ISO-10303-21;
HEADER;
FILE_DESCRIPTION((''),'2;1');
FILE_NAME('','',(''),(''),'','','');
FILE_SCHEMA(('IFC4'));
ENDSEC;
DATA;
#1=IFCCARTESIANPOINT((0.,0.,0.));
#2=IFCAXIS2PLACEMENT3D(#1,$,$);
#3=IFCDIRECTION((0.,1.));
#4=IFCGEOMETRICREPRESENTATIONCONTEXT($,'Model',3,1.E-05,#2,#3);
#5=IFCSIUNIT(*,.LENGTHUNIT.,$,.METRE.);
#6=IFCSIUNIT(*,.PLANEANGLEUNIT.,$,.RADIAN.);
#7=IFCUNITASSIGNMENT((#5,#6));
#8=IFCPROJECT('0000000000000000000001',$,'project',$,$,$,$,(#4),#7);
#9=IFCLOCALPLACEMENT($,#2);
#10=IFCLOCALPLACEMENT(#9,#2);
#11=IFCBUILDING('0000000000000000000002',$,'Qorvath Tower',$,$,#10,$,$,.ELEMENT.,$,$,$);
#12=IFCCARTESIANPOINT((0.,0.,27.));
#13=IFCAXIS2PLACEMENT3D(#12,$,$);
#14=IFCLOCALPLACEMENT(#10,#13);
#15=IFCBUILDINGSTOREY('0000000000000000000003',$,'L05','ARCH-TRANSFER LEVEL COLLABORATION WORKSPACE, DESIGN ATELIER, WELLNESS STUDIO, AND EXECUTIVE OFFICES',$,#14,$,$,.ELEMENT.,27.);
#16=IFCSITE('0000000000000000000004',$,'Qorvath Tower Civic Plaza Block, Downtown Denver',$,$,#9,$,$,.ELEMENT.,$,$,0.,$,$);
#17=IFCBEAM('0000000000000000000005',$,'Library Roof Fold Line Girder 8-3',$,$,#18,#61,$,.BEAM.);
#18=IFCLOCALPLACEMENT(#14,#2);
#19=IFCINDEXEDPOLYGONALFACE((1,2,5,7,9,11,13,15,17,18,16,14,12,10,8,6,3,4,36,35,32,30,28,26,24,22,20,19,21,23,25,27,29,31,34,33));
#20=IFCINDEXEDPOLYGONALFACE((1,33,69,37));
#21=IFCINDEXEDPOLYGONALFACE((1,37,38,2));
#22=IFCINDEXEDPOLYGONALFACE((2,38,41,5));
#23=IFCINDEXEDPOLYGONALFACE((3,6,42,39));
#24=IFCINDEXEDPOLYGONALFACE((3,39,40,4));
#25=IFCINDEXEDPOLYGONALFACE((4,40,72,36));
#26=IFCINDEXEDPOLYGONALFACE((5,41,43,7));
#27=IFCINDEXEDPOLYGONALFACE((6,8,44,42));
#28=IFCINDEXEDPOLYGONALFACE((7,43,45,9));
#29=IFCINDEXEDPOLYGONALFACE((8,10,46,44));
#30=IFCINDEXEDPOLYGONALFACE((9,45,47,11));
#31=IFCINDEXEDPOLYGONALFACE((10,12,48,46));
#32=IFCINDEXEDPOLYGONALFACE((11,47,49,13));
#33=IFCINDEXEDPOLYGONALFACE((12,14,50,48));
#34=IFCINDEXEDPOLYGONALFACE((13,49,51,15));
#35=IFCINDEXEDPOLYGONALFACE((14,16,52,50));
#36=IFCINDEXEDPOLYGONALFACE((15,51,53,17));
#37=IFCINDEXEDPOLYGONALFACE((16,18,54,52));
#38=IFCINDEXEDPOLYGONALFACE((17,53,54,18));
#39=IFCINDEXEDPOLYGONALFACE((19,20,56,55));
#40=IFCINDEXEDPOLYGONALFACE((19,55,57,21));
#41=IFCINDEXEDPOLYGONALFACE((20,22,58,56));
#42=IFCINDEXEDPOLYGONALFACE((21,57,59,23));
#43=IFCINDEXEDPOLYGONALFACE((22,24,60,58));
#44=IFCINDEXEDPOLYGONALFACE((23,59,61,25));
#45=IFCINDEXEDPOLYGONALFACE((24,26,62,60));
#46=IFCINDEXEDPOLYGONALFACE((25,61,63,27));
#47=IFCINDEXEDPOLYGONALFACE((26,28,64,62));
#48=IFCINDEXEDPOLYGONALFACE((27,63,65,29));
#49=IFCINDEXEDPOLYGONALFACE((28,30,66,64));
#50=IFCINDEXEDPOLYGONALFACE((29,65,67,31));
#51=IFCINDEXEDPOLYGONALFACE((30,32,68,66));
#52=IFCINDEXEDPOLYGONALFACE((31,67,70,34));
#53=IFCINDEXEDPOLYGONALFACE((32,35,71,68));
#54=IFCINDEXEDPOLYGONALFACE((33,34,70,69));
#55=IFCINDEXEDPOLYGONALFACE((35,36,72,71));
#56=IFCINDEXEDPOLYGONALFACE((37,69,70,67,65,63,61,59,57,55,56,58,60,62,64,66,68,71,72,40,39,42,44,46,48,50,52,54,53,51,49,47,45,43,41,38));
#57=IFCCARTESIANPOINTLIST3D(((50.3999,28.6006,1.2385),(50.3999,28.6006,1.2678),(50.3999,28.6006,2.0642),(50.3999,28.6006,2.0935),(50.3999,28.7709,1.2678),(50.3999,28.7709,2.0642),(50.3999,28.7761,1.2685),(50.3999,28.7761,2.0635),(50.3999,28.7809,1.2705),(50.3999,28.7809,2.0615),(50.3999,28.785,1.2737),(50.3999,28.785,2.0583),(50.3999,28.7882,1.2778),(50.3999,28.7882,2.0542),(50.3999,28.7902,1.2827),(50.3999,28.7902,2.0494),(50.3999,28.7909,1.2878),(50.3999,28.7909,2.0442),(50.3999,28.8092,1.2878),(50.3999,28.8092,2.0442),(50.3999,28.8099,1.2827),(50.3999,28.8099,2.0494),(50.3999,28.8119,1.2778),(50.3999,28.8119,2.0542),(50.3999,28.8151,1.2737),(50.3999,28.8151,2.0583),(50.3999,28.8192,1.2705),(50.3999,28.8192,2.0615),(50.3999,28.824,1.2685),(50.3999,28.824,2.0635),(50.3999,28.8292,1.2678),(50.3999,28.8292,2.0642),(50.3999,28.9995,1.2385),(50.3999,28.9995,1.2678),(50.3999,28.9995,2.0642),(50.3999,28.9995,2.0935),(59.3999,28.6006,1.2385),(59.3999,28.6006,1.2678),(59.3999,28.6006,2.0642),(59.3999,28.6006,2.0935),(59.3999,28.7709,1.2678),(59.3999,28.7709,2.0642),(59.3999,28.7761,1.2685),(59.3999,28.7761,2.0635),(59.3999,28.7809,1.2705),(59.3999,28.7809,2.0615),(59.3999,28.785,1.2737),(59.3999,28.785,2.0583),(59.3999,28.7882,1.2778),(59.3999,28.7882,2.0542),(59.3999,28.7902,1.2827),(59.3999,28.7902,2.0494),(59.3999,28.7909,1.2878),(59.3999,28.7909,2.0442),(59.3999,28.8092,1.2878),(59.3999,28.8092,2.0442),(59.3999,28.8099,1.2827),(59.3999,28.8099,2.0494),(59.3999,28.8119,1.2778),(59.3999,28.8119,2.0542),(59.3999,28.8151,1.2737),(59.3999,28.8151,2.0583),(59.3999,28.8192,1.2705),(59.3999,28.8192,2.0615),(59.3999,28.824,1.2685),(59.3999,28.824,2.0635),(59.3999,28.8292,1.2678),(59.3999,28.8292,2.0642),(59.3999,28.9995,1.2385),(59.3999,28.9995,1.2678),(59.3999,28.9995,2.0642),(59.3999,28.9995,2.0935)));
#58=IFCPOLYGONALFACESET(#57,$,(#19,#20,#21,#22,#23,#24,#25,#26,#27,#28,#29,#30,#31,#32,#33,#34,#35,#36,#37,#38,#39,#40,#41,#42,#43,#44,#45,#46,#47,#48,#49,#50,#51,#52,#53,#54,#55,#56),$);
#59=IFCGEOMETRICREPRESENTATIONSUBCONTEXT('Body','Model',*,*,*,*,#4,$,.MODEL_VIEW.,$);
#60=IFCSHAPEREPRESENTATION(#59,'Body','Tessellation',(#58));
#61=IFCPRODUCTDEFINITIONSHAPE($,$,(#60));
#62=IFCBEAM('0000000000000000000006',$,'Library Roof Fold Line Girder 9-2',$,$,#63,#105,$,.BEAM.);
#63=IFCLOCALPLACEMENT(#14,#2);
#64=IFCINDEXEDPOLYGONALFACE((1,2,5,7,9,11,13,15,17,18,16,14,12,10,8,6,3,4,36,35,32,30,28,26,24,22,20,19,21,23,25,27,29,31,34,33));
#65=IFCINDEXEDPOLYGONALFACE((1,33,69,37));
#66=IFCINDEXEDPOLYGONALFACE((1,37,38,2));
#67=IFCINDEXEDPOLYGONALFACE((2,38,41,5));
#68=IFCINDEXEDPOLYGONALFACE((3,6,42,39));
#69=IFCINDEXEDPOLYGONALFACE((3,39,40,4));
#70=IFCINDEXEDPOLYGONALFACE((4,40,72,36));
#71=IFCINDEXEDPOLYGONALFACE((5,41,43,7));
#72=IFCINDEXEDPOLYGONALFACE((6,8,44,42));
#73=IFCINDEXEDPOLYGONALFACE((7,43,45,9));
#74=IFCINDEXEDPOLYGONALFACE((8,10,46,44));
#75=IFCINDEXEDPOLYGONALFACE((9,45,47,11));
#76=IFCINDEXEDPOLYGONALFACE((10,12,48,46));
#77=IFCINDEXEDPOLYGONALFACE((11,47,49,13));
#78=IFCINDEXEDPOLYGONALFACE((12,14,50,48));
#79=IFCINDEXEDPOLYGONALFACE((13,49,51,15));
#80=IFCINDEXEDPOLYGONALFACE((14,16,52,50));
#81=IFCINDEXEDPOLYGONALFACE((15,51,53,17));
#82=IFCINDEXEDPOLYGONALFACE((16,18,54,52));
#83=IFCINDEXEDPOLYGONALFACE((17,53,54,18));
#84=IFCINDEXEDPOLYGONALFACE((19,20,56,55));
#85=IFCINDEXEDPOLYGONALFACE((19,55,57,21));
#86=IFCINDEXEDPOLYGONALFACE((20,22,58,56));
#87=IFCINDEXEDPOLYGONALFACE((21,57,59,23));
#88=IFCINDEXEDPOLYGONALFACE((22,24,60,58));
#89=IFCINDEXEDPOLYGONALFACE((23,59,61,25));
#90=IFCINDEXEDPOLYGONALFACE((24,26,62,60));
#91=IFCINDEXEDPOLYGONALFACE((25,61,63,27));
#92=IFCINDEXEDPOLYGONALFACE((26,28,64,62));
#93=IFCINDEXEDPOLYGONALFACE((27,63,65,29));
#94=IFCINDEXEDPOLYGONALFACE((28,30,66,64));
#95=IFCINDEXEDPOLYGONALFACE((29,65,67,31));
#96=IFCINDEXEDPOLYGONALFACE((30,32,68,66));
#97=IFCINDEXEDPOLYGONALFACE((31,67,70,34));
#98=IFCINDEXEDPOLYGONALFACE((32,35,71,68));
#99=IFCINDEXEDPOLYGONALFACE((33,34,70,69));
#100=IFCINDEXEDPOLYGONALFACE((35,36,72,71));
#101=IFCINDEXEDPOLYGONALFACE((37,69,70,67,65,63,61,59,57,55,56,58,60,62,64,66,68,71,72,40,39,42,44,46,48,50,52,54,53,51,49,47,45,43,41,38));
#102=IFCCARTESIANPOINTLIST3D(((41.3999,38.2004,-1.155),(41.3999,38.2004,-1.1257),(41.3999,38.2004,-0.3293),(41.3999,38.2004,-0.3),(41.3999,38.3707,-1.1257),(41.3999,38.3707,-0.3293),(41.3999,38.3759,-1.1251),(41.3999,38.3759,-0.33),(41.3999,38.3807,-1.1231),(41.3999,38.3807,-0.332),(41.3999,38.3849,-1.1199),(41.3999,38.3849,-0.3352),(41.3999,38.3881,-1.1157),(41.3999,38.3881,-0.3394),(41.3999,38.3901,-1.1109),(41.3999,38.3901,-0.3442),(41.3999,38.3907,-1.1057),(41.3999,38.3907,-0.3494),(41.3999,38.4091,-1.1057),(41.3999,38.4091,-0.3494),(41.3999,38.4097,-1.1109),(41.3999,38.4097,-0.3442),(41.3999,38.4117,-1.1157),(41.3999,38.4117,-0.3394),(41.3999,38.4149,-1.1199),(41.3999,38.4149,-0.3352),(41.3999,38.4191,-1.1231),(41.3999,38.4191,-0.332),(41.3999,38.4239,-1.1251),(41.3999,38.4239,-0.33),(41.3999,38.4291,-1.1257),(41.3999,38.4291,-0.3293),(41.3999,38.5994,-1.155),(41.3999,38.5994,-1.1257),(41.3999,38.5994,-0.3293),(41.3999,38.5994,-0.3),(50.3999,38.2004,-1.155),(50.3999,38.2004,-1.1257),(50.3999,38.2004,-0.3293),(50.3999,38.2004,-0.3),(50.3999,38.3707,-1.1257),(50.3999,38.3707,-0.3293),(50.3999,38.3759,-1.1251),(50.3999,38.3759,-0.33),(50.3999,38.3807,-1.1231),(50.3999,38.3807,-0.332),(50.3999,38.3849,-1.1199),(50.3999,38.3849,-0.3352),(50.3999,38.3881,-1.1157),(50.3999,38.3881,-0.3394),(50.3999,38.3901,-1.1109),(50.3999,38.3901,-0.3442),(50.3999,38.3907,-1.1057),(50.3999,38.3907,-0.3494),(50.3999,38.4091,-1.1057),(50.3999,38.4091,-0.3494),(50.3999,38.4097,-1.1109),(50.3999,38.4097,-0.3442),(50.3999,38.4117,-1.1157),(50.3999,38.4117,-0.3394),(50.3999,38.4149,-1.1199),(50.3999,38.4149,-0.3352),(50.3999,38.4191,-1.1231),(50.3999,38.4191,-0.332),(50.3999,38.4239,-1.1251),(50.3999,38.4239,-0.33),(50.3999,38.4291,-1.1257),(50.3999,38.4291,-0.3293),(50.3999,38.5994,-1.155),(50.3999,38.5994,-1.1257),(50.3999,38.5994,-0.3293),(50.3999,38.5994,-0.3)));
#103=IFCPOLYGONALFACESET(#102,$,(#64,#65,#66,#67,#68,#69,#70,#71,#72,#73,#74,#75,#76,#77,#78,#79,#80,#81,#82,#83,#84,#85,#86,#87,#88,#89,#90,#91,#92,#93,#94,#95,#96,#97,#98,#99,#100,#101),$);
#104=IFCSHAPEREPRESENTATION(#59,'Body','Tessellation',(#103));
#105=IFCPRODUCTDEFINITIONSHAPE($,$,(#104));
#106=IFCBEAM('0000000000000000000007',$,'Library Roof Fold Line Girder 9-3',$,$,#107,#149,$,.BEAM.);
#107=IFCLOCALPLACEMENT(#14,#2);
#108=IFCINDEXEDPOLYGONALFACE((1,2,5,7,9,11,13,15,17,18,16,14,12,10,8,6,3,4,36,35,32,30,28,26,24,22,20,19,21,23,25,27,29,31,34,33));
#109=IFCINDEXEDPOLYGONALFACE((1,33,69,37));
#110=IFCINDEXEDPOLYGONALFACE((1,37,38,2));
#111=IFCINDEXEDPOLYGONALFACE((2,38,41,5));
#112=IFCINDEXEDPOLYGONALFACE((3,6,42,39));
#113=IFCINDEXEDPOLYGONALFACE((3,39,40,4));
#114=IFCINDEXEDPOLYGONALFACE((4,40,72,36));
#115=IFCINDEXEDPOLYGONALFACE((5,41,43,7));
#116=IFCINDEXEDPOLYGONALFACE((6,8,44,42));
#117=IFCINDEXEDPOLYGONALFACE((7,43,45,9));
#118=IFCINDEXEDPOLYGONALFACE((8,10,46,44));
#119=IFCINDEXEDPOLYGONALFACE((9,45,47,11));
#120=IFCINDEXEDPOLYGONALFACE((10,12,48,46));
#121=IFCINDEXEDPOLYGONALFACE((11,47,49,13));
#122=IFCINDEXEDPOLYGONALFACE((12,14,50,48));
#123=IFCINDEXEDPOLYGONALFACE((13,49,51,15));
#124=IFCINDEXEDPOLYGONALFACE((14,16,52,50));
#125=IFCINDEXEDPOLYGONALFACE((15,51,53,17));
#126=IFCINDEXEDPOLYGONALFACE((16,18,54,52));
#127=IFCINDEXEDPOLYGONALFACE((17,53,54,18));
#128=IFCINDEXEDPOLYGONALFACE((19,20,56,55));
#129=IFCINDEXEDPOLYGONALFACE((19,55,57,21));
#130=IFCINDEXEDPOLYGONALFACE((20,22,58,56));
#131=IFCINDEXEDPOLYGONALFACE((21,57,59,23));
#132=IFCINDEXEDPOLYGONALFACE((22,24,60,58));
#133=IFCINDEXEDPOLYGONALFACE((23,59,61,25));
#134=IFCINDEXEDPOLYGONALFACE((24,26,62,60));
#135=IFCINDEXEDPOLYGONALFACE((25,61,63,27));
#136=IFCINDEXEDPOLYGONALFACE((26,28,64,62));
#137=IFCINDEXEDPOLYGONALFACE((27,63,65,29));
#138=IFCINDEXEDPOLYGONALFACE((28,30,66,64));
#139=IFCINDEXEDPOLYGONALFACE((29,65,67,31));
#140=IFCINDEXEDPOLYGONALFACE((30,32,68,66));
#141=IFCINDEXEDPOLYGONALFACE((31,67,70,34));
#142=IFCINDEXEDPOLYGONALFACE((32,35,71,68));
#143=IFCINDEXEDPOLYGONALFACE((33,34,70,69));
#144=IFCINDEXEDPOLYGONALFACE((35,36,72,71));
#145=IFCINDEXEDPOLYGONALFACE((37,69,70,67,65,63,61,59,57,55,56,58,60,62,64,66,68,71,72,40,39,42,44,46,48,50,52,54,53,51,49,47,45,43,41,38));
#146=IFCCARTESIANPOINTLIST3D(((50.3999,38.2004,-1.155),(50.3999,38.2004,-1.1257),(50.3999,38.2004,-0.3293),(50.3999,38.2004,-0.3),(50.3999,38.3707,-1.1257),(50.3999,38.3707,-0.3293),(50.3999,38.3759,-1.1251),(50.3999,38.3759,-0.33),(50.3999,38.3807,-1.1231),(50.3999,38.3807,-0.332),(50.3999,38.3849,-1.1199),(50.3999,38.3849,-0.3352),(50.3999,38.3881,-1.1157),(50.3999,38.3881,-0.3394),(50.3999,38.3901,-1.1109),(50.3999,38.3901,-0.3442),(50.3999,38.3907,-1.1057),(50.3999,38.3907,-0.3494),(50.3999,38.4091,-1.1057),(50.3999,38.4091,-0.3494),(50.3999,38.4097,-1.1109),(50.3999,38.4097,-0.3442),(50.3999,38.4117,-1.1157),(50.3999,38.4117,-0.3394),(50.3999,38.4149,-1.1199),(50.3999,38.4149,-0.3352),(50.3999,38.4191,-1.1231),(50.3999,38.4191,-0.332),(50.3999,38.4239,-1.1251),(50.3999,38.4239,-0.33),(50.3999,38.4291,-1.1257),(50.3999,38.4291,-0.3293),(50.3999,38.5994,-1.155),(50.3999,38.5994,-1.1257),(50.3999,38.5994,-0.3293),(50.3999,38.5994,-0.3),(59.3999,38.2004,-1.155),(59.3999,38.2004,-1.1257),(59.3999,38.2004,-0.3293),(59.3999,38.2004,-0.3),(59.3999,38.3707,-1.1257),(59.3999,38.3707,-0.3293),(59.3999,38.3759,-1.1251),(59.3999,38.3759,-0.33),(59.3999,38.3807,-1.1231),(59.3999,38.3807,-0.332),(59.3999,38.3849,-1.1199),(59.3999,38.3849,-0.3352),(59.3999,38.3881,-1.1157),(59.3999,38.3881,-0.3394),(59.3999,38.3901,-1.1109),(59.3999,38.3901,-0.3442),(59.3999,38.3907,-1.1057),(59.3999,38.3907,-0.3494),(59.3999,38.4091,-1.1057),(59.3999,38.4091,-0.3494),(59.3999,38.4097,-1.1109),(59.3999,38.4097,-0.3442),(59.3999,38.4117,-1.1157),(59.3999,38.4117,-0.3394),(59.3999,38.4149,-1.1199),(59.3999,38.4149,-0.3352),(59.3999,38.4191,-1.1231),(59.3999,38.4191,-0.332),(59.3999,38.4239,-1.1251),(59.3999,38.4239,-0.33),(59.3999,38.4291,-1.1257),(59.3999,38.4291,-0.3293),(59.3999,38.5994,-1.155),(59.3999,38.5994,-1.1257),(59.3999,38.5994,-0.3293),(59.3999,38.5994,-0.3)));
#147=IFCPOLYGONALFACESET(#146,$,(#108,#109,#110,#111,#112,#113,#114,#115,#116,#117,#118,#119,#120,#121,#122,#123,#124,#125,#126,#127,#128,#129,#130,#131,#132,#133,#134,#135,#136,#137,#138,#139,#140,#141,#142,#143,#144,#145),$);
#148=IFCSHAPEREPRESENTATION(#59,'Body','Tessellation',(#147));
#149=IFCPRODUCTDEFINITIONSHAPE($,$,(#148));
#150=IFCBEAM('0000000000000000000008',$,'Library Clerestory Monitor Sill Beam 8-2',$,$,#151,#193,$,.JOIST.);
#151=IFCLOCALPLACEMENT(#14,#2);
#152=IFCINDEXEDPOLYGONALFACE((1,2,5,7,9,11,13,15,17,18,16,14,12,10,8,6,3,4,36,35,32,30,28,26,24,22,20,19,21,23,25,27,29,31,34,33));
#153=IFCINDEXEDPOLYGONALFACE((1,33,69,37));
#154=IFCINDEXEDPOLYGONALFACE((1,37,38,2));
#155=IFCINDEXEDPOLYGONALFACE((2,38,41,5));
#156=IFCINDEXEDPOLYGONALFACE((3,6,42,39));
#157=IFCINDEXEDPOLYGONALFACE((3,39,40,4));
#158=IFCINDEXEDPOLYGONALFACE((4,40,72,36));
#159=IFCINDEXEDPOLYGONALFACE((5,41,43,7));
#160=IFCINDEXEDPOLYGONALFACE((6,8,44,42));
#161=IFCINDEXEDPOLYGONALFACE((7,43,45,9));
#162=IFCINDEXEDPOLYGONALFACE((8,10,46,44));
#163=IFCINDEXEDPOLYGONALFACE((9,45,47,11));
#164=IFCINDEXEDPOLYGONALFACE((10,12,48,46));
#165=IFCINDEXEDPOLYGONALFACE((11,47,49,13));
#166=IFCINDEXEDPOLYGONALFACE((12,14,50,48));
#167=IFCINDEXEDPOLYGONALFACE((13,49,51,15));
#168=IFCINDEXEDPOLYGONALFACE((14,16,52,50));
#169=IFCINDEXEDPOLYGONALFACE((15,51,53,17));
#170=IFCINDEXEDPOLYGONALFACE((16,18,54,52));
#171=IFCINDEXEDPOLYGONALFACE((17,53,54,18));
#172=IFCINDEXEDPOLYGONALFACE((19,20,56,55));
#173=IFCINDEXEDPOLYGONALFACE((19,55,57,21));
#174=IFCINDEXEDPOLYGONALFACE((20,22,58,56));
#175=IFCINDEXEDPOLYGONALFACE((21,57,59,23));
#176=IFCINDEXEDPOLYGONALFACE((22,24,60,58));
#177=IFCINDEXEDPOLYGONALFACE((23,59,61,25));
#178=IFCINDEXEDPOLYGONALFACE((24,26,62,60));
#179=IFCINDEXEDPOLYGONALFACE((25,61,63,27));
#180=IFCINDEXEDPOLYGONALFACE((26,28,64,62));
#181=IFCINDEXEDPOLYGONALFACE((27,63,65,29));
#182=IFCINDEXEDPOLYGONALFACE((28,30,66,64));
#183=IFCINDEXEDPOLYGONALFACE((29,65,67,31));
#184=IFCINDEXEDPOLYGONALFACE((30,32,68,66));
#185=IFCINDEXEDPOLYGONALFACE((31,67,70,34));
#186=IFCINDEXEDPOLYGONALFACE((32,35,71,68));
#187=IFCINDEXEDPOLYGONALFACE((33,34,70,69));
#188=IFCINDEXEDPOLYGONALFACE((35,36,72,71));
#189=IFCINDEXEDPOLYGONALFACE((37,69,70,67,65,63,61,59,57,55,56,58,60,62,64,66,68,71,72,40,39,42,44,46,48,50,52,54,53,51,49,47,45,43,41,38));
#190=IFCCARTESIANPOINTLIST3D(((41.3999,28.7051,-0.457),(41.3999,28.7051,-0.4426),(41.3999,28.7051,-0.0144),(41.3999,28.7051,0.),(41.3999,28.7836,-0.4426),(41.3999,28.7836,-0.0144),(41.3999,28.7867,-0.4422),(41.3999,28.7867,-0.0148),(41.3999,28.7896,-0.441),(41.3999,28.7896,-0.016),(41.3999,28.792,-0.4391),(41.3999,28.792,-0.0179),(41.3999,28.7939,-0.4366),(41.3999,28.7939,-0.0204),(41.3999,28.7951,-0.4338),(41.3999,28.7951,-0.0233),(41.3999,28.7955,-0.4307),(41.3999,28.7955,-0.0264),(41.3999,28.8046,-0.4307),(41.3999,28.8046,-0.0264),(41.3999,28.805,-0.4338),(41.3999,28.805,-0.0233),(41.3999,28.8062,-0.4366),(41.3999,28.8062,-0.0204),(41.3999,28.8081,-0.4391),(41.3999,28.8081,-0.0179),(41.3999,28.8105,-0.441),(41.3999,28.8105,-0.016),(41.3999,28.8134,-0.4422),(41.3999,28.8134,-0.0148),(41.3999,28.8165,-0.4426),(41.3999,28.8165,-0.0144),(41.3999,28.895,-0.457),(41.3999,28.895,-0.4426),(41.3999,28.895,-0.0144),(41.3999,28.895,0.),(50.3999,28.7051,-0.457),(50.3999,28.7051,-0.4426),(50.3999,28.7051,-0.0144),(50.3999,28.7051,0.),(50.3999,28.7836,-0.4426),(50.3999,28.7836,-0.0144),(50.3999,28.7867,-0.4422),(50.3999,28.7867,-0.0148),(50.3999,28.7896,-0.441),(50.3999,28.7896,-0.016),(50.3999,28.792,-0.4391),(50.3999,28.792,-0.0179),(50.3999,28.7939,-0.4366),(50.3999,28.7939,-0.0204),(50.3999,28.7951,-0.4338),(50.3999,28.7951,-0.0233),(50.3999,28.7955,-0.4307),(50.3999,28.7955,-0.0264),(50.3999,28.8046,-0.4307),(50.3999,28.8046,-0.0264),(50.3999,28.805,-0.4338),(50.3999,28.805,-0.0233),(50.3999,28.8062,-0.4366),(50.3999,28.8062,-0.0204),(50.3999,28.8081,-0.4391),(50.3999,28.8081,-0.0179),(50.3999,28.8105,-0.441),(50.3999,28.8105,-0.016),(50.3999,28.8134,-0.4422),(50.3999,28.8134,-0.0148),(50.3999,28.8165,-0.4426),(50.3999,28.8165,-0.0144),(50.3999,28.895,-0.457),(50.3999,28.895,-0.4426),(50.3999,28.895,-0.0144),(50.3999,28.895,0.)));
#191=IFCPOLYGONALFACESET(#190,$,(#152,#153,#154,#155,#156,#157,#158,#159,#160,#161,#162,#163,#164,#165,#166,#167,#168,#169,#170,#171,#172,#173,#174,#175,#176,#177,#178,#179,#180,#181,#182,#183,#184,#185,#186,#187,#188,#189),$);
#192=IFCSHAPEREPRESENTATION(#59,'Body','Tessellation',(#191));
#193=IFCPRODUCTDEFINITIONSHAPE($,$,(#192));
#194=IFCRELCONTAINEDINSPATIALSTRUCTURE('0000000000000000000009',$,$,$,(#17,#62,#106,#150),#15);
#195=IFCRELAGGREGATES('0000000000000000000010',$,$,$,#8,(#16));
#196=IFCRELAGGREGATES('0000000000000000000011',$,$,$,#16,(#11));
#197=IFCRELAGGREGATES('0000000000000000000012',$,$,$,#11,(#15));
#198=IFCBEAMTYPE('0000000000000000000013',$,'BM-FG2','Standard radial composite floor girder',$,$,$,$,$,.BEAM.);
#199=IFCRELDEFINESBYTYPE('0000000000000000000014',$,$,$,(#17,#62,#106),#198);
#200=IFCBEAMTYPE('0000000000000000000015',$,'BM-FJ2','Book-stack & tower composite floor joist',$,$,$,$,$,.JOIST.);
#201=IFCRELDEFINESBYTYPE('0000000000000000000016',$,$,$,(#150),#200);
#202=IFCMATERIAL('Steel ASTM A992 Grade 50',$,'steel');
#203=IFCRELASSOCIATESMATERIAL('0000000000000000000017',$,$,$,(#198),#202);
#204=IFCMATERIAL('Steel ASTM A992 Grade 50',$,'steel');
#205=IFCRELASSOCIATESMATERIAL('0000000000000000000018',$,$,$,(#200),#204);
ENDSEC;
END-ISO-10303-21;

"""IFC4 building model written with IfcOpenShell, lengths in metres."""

from ifc_helpers import new_model, si_unit, direction, frame, origin, origin_2d, place, context, subcontext, project, spatial, i_section, extrude, material, material_profile, profile_set, type_object, element, save


model = new_model("IFC4")

# Units and contexts
model_context = context("Model", 3, precision=1e-05, world=origin(), true_north=direction((0.0, 1.0)))
body_context = subcontext(model_context, "Body", "Model", "MODEL_VIEW")
ifc_project = project(units=[si_unit("LENGTHUNIT", "METRE"), si_unit("PLANEANGLEUNIT", "RADIAN")], contexts=[model_context])

# Site, building, storey
site_placement = place(None, origin())
site = spatial("IfcSite", under=ifc_project, at=site_placement, Name="Qorvath Tower Civic Plaza Block, Downtown Denver", CompositionType="ELEMENT", RefElevation=0.0)
building_placement = place(site_placement, origin())
building = spatial("IfcBuilding", under=site, at=building_placement, Name="Qorvath Tower", CompositionType="ELEMENT")
storey_placement = place(building_placement, frame((0.0, 0.0, 27.0)))
storey = spatial("IfcBuildingStorey", under=building, at=storey_placement, Name="L05", Description="ARCH-TRANSFER LEVEL COLLABORATION WORKSPACE, DESIGN ATELIER, WELLNESS STUDIO, AND EXECUTIVE OFFICES", CompositionType="ELEMENT", Elevation=27.0)

# Beams
ifc_material_1 = material(Name="Steel ASTM A992 Grade 50", Category="steel")
ifc_material_profile_1 = material_profile(ifc_material_1, i_section(OverallWidth=0.3989, OverallDepth=0.855, WebThickness=0.0183, FlangeThickness=0.0293, FilletRadius=0.02, at=origin_2d()), Name="W33x201")
ifc_profile_set_1 = profile_set([ifc_material_profile_1], Name="Steel ASTM A992 Grade 50")
beam_type_1 = type_object("IfcBeamType", Name="BM-FG2", Description="Standard radial composite floor girder", PredefinedType="BEAM", material=ifc_profile_set_1)
for number, where, z_axis, x_axis, name in (
    (1, (50.3999, 28.8, 1.666), (1.0, 0.0, 0.0), (0.0, 1.0, 0.0), "Library Roof Fold Line Girder 8-3"),
    (2, (41.3999, 38.3999, -0.7275), (1.0, 0.0, 0.0), (0.0, 1.0, 0.0), "Library Roof Fold Line Girder 9-2"),
    (3, (50.3999, 38.3999, -0.7275), (1.0, 0.0, 0.0), (0.0, 1.0, 0.0), "Library Roof Fold Line Girder 9-3"),
):
    element("IfcBeam", number, at=place(storey_placement, frame(where, z_axis=z_axis, x_axis=x_axis)), inside=storey, type_object=beam_type_1, Name=name, PredefinedType="BEAM", context=body_context, shape_type="SweptSolid", body=[
        extrude(i_section(OverallWidth=0.3989, OverallDepth=0.855, WebThickness=0.0183, FlangeThickness=0.0293, FilletRadius=0.02, at=origin_2d()), origin(), (0.0, 0.0, 1.0), 9.0),
    ])
ifc_material_2 = material(Name="Steel ASTM A992 Grade 50", Category="steel")
ifc_material_profile_2 = material_profile(ifc_material_2, i_section(OverallWidth=0.1899, OverallDepth=0.457, WebThickness=0.009, FlangeThickness=0.0144, FilletRadius=0.012, at=origin_2d()), Name="W18x50")
ifc_profile_set_2 = profile_set([ifc_material_profile_2], Name="Steel ASTM A992 Grade 50")
beam_type_2 = type_object("IfcBeamType", Name="BM-FJ2", Description="Book-stack & tower composite floor joist", PredefinedType="JOIST", material=ifc_profile_set_2)
for number, where, z_axis, x_axis, name in (
    (4, (41.3999, 28.8, -0.2285), (1.0, 0.0, 0.0), (0.0, 1.0, 0.0), "Library Clerestory Monitor Sill Beam 8-2"),
):
    element("IfcBeam", number, at=place(storey_placement, frame(where, z_axis=z_axis, x_axis=x_axis)), inside=storey, type_object=beam_type_2, Name=name, PredefinedType="JOIST", context=body_context, shape_type="SweptSolid", body=[
        extrude(i_section(OverallWidth=0.1899, OverallDepth=0.457, WebThickness=0.009, FlangeThickness=0.0144, FilletRadius=0.012, at=origin_2d()), origin(), (0.0, 0.0, 1.0), 9.0),
    ])

save(model, "model.ifc")
